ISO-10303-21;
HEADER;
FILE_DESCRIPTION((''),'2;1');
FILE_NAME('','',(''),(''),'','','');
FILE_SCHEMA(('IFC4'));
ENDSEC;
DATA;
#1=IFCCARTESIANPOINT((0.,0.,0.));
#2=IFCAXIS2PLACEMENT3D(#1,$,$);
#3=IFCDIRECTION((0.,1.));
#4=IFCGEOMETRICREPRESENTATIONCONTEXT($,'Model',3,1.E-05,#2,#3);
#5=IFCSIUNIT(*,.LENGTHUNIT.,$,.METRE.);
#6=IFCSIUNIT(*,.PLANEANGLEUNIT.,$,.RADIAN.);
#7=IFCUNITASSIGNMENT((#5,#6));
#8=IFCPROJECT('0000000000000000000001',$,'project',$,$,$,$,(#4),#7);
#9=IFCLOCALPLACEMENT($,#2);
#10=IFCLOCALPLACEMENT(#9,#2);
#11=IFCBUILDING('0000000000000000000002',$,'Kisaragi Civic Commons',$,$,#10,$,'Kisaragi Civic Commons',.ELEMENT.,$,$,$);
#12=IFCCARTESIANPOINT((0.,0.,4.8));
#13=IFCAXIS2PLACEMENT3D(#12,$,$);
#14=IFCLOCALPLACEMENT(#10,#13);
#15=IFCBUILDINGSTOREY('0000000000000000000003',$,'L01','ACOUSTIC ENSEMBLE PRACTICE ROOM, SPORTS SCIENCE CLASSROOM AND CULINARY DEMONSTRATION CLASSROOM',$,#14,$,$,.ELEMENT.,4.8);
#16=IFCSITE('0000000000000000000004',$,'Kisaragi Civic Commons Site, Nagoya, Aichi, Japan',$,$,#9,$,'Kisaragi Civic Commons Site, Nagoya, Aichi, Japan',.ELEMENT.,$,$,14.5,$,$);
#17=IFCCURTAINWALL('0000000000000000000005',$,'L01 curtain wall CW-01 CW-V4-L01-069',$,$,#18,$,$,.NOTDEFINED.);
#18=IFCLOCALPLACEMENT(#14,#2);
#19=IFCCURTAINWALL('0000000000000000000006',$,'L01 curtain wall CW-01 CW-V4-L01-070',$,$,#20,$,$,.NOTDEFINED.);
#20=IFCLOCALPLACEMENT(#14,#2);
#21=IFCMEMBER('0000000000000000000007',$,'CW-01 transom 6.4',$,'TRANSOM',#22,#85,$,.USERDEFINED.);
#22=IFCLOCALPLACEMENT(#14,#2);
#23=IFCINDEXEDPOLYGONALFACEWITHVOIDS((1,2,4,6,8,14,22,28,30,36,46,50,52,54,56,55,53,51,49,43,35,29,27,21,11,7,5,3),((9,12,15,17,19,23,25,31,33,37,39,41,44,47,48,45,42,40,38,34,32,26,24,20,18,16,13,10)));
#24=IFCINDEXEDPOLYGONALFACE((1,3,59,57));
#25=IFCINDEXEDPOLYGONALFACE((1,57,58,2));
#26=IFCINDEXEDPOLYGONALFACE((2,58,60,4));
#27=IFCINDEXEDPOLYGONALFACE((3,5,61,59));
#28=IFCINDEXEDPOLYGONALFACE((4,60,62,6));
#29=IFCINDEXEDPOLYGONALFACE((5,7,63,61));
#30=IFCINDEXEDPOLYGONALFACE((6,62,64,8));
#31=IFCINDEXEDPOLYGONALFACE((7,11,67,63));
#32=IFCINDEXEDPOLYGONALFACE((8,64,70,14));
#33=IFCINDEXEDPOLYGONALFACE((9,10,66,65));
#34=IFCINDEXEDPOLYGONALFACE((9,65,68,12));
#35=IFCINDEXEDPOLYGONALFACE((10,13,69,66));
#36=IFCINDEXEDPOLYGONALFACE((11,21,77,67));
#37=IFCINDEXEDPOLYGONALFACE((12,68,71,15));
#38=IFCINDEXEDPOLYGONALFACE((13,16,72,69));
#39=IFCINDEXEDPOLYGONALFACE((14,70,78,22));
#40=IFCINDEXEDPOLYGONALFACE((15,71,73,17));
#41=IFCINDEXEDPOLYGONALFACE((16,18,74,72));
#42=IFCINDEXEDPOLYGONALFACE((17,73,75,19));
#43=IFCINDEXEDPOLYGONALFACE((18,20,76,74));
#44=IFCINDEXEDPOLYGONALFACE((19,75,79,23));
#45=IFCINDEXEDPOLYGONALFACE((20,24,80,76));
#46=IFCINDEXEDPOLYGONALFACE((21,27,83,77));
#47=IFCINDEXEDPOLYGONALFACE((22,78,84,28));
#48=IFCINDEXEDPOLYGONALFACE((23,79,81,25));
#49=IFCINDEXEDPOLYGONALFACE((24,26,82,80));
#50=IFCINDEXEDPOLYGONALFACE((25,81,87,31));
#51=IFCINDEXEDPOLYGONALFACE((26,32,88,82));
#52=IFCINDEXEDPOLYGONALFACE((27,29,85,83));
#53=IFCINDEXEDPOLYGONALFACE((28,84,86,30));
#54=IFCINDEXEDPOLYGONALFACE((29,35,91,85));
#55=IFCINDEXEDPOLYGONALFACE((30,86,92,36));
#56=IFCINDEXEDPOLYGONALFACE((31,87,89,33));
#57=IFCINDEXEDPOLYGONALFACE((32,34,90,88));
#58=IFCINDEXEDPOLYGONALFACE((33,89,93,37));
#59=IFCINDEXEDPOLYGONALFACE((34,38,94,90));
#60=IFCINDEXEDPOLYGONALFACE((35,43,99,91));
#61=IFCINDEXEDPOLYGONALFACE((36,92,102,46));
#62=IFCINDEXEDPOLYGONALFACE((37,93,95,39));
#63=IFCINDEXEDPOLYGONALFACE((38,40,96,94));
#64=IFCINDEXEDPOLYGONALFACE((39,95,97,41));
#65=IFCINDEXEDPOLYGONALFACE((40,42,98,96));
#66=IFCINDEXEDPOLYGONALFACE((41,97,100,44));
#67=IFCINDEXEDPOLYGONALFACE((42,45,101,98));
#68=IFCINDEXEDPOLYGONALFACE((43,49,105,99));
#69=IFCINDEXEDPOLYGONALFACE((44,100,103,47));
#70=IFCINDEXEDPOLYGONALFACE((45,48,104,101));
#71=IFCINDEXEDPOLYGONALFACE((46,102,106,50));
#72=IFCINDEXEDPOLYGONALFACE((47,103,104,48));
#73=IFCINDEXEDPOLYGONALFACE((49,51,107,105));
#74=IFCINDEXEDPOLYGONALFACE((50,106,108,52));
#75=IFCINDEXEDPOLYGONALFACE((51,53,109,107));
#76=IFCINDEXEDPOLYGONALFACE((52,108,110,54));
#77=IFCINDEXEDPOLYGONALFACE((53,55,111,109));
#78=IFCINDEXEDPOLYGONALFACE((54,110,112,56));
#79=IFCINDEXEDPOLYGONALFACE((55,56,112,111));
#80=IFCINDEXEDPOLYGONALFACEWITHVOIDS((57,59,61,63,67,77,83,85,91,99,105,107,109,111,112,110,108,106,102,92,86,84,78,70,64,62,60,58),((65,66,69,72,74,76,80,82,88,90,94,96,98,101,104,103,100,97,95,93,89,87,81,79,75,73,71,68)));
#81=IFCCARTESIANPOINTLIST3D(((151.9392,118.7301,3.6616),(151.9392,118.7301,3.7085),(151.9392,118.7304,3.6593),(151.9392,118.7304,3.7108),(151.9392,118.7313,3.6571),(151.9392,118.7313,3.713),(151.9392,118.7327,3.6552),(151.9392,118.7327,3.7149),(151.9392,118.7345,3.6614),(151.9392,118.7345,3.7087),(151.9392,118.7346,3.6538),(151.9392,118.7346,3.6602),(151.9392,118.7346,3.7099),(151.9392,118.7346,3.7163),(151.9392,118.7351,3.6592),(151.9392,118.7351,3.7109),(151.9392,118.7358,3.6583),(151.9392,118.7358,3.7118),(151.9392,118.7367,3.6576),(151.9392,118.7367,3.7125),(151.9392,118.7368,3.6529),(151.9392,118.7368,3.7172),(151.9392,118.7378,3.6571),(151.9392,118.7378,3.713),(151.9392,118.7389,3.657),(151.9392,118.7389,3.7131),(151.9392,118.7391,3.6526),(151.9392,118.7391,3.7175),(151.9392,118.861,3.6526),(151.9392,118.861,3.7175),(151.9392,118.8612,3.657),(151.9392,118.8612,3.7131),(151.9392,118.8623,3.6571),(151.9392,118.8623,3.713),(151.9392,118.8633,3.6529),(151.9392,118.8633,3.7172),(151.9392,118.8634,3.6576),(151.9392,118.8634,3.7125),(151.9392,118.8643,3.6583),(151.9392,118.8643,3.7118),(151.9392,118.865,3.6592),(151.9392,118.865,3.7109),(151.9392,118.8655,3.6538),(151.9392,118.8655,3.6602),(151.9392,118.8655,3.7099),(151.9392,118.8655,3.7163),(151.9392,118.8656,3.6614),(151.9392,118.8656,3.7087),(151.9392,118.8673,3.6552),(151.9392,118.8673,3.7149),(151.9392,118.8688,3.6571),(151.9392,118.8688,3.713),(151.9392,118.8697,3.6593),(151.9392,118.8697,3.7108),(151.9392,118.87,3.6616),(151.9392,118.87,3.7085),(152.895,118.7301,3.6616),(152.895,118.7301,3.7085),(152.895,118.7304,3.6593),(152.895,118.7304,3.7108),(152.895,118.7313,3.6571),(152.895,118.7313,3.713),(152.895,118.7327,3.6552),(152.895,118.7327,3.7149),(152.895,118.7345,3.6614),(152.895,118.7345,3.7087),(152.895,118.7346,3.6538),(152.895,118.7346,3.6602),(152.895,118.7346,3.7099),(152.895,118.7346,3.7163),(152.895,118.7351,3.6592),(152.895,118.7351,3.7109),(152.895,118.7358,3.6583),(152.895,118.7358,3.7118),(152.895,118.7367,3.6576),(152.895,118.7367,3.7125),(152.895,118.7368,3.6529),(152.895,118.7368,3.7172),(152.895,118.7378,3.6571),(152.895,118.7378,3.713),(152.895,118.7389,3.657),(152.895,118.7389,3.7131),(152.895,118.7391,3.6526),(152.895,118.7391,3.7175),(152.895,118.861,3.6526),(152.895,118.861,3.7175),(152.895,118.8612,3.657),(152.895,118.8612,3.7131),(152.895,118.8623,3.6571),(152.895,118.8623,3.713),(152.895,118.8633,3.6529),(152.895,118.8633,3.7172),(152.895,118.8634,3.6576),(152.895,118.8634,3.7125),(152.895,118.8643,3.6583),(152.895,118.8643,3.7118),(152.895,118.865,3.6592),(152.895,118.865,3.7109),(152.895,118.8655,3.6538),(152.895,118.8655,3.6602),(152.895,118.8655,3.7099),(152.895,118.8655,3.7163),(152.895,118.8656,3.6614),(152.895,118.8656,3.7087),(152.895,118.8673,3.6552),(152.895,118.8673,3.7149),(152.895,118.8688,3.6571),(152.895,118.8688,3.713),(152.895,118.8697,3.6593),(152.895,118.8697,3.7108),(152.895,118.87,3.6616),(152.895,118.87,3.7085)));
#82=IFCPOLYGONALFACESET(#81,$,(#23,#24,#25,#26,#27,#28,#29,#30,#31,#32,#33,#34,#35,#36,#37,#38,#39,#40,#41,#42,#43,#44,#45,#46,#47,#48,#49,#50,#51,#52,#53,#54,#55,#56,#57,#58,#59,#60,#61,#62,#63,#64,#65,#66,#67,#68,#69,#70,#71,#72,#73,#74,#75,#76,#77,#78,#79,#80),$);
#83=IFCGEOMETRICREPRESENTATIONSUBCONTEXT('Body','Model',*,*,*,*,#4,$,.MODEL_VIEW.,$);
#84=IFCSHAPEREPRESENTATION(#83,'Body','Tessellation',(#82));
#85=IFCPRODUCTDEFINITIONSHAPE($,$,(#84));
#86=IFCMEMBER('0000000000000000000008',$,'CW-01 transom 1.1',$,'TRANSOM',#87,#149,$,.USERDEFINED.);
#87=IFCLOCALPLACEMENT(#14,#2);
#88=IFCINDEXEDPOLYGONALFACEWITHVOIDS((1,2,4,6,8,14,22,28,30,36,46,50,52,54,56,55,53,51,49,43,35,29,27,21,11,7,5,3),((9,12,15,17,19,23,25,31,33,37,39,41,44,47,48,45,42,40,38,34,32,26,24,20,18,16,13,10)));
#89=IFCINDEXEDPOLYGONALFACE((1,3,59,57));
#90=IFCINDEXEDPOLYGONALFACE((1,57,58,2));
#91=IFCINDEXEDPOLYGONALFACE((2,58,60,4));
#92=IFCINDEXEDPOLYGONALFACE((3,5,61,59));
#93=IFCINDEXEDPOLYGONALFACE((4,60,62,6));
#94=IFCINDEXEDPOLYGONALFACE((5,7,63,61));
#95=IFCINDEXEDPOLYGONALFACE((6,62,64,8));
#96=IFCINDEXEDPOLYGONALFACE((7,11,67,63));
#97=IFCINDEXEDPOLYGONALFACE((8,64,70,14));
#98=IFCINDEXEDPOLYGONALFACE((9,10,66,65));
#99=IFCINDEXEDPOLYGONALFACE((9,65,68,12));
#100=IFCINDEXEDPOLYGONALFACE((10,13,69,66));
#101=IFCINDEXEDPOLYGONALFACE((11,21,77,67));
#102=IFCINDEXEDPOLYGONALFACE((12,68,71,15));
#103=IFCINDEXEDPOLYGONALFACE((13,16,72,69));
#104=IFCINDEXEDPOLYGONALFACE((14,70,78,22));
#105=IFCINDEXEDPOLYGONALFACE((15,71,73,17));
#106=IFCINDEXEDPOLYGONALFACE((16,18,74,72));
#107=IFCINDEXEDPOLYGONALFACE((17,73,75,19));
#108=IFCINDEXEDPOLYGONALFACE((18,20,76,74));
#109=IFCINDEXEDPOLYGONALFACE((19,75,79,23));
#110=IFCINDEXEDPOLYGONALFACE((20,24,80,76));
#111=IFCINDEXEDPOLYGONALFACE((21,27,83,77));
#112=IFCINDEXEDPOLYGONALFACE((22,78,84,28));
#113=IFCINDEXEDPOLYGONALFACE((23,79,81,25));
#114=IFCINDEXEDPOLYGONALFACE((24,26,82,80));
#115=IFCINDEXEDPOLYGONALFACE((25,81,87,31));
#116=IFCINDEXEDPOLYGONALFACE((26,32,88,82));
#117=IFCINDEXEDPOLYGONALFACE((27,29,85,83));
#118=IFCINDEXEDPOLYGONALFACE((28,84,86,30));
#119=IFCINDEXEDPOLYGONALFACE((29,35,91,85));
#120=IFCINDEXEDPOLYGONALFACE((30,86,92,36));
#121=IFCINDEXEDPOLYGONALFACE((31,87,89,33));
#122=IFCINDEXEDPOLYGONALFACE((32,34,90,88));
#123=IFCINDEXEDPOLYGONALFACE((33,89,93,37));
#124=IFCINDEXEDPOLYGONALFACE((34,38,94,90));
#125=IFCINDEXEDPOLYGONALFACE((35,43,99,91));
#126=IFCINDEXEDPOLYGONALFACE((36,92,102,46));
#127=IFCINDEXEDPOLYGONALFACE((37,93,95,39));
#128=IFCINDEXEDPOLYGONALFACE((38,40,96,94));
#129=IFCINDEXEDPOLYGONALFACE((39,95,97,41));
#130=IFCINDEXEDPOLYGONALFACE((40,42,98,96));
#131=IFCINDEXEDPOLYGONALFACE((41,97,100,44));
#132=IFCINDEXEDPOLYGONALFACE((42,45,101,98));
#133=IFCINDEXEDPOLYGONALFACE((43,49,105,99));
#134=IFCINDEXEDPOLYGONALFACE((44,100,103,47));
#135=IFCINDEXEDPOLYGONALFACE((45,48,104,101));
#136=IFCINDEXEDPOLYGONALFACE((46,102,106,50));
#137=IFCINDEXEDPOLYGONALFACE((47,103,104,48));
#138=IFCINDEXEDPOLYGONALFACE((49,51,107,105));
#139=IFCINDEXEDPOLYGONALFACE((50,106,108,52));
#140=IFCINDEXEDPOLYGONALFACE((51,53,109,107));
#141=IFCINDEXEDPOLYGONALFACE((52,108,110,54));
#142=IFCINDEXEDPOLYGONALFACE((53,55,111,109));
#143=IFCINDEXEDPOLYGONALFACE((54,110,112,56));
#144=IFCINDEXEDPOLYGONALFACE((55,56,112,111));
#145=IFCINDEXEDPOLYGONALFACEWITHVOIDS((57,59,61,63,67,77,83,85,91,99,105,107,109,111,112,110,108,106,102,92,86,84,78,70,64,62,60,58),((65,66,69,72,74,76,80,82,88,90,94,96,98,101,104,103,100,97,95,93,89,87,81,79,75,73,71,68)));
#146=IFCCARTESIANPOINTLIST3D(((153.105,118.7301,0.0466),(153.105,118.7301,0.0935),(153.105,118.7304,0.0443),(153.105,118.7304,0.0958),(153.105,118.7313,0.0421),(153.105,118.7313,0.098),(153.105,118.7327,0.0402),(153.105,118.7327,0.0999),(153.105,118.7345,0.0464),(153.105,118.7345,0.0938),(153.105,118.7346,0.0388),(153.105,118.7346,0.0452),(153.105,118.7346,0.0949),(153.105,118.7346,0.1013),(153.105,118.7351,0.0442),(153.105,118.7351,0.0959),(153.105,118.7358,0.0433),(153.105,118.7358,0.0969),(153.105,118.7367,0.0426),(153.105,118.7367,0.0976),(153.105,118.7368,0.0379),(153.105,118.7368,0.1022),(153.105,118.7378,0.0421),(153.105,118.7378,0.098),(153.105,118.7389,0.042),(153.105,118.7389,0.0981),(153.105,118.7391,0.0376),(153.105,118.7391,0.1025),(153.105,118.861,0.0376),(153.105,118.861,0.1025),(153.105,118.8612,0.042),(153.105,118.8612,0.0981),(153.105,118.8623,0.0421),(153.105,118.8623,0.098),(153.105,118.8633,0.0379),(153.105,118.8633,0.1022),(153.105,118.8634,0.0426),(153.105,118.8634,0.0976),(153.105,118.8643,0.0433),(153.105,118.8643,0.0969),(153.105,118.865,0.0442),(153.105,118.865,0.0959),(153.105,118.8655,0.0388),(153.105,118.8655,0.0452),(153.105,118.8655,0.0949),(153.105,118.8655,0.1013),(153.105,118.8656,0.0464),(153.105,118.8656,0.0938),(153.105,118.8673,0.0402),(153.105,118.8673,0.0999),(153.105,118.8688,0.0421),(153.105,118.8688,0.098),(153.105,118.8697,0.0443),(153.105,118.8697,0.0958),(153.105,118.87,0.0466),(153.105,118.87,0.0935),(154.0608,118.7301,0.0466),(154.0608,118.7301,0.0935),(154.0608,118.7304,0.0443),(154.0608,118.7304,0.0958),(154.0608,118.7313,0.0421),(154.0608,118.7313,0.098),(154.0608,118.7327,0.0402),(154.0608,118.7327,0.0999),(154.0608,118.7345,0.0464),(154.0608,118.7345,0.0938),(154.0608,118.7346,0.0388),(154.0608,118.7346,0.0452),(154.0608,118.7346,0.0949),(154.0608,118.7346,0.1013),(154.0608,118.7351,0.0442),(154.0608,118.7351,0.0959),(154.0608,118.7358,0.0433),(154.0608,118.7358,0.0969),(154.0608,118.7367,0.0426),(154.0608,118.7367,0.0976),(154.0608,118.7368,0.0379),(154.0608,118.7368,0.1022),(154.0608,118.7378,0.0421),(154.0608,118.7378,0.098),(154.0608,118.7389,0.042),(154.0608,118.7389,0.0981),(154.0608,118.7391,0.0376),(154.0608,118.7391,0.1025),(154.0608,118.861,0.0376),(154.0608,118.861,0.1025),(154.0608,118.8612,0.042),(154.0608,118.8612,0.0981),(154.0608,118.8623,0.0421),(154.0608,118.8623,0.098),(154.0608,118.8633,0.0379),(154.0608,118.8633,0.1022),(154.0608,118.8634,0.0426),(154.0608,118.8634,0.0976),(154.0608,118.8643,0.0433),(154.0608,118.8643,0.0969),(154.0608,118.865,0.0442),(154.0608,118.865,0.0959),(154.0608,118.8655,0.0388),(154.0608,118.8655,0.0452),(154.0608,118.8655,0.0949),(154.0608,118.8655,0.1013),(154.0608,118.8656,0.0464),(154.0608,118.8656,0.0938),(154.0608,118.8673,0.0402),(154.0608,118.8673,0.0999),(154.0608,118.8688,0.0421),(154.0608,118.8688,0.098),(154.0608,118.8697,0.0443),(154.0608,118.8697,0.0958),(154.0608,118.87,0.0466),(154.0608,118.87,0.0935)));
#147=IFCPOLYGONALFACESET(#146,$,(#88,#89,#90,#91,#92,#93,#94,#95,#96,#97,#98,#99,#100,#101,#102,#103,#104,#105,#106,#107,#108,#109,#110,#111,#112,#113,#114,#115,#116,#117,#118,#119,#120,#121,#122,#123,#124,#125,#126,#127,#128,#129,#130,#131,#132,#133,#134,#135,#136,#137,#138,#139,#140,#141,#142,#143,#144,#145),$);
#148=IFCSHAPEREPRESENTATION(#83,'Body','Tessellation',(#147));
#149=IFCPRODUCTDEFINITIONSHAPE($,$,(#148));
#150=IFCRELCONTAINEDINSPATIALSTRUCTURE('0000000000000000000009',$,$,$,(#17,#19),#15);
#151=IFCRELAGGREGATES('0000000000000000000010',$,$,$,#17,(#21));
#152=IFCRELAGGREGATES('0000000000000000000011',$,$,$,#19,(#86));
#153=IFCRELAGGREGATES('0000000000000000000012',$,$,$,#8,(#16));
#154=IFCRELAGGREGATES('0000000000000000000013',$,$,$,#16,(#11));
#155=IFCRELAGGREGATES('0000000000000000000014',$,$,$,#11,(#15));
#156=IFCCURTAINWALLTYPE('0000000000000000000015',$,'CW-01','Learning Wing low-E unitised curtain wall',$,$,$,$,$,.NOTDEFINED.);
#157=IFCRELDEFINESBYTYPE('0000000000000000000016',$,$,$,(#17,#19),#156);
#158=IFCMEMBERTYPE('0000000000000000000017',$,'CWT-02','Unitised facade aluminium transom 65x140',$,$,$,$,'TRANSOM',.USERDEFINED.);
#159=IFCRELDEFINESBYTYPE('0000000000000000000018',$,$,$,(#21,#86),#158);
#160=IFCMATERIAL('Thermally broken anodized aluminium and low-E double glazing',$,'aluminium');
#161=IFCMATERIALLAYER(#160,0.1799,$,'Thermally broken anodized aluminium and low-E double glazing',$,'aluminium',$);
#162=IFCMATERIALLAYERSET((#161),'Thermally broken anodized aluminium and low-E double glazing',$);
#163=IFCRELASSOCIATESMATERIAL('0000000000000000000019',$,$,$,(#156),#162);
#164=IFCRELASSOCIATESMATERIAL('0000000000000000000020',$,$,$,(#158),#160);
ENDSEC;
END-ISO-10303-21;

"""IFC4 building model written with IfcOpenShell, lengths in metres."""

from ifc_helpers import new_model, si_unit, direction, frame, origin, origin_2d, place, context, subcontext, project, spatial, hollow_rectangle, extrude, material, layer, layer_set, material_profile, profile_set, type_object, element, aggregate, save


model = new_model("IFC4")

# Units and contexts
model_context = context("Model", 3, precision=1e-05, world=origin(), true_north=direction((0.0, 1.0)))
body_context = subcontext(model_context, "Body", "Model", "MODEL_VIEW")
ifc_project = project(units=[si_unit("LENGTHUNIT", "METRE"), si_unit("PLANEANGLEUNIT", "RADIAN")], contexts=[model_context])

# Site, building, storey
site_placement = place(None, origin())
site = spatial("IfcSite", under=ifc_project, at=site_placement, Name="Kisaragi Civic Commons Site, Nagoya, Aichi, Japan", LongName="Kisaragi Civic Commons Site, Nagoya, Aichi, Japan", CompositionType="ELEMENT", RefElevation=14.5)
building_placement = place(site_placement, origin())
building = spatial("IfcBuilding", under=site, at=building_placement, Name="Kisaragi Civic Commons", LongName="Kisaragi Civic Commons", CompositionType="ELEMENT")
storey_placement = place(building_placement, frame((0.0, 0.0, 4.8)))
storey = spatial("IfcBuildingStorey", under=building, at=storey_placement, Name="L01", Description="ACOUSTIC ENSEMBLE PRACTICE ROOM, SPORTS SCIENCE CLASSROOM AND CULINARY DEMONSTRATION CLASSROOM", CompositionType="ELEMENT", Elevation=4.8)

# Curtain wall
ifc_material_1 = material(Name="Thermally broken anodized aluminium and low-E double glazing", Category="aluminium")
ifc_layer_1 = layer(ifc_material_1, 0.1799, Name="Thermally broken anodized aluminium and low-E double glazing", Category="aluminium")
ifc_layer_set_1 = layer_set([ifc_layer_1], Name="Thermally broken anodized aluminium and low-E double glazing")
curtain_wall_type = type_object("IfcCurtainWallType", Name="CW-01", Description="Learning Wing low-E unitised curtain wall", PredefinedType="NOTDEFINED", material=ifc_layer_set_1)
curtain_wall_1_placement = place(storey_placement, origin())
curtain_wall_1 = element("IfcCurtainWall", 1, at=curtain_wall_1_placement, inside=storey, type_object=curtain_wall_type, Name="L01 curtain wall CW-01 CW-V4-L01-069", PredefinedType="NOTDEFINED")

# Curtain wall
curtain_wall_2_placement = place(storey_placement, origin())
curtain_wall_2 = element("IfcCurtainWall", 2, at=curtain_wall_2_placement, inside=storey, type_object=curtain_wall_type, Name="L01 curtain wall CW-01 CW-V4-L01-070", PredefinedType="NOTDEFINED")

# Members
ifc_material_profile_1 = material_profile(ifc_material_1, hollow_rectangle(XDim=0.1399, YDim=0.0649, WallThickness=0.0044, InnerFilletRadius=0.0044, OuterFilletRadius=0.009, at=origin_2d()), Name="CWT-65x140x4.5", Category="aluminium")
ifc_profile_set_1 = profile_set([ifc_material_profile_1], Name="Thermally broken anodized aluminium and low-E double glazing")
member_type_1 = type_object("IfcMemberType", Name="CWT-02", Description="Unitised facade aluminium transom 65x140", ElementType="TRANSOM", PredefinedType="USERDEFINED", material=ifc_profile_set_1)
member_1_placement = place(storey_placement, frame((151.9392, 118.8, 3.6851), z_axis=(1.0, 0.0, 0.0), x_axis=(0.0, 1.0, 0.0)))
member_1 = element("IfcMember", 3, at=member_1_placement, type_object=member_type_1, Name="CW-01 transom 6.4", ObjectType="TRANSOM", PredefinedType="USERDEFINED", context=body_context, shape_type="SweptSolid", body=[
    extrude(hollow_rectangle(XDim=0.1399, YDim=0.0649, WallThickness=0.0044, InnerFilletRadius=0.0044, OuterFilletRadius=0.009, at=origin_2d()), origin(), (0.0, 0.0, 1.0), 0.9558),
])
member_2_placement = place(storey_placement, frame((153.105, 118.8, 0.0701), z_axis=(1.0, 0.0, 0.0), x_axis=(0.0, 1.0, 0.0)))
member_2 = element("IfcMember", 4, at=member_2_placement, type_object=member_type_1, Name="CW-01 transom 1.1", ObjectType="TRANSOM", PredefinedType="USERDEFINED", context=body_context, shape_type="SweptSolid", body=[
    extrude(hollow_rectangle(XDim=0.1399, YDim=0.0649, WallThickness=0.0044, InnerFilletRadius=0.0044, OuterFilletRadius=0.009, at=origin_2d()), origin(), (0.0, 0.0, 1.0), 0.9558),
])

aggregate(curtain_wall_1, [member_1])
aggregate(curtain_wall_2, [member_2])

save(model, "model.ifc")
